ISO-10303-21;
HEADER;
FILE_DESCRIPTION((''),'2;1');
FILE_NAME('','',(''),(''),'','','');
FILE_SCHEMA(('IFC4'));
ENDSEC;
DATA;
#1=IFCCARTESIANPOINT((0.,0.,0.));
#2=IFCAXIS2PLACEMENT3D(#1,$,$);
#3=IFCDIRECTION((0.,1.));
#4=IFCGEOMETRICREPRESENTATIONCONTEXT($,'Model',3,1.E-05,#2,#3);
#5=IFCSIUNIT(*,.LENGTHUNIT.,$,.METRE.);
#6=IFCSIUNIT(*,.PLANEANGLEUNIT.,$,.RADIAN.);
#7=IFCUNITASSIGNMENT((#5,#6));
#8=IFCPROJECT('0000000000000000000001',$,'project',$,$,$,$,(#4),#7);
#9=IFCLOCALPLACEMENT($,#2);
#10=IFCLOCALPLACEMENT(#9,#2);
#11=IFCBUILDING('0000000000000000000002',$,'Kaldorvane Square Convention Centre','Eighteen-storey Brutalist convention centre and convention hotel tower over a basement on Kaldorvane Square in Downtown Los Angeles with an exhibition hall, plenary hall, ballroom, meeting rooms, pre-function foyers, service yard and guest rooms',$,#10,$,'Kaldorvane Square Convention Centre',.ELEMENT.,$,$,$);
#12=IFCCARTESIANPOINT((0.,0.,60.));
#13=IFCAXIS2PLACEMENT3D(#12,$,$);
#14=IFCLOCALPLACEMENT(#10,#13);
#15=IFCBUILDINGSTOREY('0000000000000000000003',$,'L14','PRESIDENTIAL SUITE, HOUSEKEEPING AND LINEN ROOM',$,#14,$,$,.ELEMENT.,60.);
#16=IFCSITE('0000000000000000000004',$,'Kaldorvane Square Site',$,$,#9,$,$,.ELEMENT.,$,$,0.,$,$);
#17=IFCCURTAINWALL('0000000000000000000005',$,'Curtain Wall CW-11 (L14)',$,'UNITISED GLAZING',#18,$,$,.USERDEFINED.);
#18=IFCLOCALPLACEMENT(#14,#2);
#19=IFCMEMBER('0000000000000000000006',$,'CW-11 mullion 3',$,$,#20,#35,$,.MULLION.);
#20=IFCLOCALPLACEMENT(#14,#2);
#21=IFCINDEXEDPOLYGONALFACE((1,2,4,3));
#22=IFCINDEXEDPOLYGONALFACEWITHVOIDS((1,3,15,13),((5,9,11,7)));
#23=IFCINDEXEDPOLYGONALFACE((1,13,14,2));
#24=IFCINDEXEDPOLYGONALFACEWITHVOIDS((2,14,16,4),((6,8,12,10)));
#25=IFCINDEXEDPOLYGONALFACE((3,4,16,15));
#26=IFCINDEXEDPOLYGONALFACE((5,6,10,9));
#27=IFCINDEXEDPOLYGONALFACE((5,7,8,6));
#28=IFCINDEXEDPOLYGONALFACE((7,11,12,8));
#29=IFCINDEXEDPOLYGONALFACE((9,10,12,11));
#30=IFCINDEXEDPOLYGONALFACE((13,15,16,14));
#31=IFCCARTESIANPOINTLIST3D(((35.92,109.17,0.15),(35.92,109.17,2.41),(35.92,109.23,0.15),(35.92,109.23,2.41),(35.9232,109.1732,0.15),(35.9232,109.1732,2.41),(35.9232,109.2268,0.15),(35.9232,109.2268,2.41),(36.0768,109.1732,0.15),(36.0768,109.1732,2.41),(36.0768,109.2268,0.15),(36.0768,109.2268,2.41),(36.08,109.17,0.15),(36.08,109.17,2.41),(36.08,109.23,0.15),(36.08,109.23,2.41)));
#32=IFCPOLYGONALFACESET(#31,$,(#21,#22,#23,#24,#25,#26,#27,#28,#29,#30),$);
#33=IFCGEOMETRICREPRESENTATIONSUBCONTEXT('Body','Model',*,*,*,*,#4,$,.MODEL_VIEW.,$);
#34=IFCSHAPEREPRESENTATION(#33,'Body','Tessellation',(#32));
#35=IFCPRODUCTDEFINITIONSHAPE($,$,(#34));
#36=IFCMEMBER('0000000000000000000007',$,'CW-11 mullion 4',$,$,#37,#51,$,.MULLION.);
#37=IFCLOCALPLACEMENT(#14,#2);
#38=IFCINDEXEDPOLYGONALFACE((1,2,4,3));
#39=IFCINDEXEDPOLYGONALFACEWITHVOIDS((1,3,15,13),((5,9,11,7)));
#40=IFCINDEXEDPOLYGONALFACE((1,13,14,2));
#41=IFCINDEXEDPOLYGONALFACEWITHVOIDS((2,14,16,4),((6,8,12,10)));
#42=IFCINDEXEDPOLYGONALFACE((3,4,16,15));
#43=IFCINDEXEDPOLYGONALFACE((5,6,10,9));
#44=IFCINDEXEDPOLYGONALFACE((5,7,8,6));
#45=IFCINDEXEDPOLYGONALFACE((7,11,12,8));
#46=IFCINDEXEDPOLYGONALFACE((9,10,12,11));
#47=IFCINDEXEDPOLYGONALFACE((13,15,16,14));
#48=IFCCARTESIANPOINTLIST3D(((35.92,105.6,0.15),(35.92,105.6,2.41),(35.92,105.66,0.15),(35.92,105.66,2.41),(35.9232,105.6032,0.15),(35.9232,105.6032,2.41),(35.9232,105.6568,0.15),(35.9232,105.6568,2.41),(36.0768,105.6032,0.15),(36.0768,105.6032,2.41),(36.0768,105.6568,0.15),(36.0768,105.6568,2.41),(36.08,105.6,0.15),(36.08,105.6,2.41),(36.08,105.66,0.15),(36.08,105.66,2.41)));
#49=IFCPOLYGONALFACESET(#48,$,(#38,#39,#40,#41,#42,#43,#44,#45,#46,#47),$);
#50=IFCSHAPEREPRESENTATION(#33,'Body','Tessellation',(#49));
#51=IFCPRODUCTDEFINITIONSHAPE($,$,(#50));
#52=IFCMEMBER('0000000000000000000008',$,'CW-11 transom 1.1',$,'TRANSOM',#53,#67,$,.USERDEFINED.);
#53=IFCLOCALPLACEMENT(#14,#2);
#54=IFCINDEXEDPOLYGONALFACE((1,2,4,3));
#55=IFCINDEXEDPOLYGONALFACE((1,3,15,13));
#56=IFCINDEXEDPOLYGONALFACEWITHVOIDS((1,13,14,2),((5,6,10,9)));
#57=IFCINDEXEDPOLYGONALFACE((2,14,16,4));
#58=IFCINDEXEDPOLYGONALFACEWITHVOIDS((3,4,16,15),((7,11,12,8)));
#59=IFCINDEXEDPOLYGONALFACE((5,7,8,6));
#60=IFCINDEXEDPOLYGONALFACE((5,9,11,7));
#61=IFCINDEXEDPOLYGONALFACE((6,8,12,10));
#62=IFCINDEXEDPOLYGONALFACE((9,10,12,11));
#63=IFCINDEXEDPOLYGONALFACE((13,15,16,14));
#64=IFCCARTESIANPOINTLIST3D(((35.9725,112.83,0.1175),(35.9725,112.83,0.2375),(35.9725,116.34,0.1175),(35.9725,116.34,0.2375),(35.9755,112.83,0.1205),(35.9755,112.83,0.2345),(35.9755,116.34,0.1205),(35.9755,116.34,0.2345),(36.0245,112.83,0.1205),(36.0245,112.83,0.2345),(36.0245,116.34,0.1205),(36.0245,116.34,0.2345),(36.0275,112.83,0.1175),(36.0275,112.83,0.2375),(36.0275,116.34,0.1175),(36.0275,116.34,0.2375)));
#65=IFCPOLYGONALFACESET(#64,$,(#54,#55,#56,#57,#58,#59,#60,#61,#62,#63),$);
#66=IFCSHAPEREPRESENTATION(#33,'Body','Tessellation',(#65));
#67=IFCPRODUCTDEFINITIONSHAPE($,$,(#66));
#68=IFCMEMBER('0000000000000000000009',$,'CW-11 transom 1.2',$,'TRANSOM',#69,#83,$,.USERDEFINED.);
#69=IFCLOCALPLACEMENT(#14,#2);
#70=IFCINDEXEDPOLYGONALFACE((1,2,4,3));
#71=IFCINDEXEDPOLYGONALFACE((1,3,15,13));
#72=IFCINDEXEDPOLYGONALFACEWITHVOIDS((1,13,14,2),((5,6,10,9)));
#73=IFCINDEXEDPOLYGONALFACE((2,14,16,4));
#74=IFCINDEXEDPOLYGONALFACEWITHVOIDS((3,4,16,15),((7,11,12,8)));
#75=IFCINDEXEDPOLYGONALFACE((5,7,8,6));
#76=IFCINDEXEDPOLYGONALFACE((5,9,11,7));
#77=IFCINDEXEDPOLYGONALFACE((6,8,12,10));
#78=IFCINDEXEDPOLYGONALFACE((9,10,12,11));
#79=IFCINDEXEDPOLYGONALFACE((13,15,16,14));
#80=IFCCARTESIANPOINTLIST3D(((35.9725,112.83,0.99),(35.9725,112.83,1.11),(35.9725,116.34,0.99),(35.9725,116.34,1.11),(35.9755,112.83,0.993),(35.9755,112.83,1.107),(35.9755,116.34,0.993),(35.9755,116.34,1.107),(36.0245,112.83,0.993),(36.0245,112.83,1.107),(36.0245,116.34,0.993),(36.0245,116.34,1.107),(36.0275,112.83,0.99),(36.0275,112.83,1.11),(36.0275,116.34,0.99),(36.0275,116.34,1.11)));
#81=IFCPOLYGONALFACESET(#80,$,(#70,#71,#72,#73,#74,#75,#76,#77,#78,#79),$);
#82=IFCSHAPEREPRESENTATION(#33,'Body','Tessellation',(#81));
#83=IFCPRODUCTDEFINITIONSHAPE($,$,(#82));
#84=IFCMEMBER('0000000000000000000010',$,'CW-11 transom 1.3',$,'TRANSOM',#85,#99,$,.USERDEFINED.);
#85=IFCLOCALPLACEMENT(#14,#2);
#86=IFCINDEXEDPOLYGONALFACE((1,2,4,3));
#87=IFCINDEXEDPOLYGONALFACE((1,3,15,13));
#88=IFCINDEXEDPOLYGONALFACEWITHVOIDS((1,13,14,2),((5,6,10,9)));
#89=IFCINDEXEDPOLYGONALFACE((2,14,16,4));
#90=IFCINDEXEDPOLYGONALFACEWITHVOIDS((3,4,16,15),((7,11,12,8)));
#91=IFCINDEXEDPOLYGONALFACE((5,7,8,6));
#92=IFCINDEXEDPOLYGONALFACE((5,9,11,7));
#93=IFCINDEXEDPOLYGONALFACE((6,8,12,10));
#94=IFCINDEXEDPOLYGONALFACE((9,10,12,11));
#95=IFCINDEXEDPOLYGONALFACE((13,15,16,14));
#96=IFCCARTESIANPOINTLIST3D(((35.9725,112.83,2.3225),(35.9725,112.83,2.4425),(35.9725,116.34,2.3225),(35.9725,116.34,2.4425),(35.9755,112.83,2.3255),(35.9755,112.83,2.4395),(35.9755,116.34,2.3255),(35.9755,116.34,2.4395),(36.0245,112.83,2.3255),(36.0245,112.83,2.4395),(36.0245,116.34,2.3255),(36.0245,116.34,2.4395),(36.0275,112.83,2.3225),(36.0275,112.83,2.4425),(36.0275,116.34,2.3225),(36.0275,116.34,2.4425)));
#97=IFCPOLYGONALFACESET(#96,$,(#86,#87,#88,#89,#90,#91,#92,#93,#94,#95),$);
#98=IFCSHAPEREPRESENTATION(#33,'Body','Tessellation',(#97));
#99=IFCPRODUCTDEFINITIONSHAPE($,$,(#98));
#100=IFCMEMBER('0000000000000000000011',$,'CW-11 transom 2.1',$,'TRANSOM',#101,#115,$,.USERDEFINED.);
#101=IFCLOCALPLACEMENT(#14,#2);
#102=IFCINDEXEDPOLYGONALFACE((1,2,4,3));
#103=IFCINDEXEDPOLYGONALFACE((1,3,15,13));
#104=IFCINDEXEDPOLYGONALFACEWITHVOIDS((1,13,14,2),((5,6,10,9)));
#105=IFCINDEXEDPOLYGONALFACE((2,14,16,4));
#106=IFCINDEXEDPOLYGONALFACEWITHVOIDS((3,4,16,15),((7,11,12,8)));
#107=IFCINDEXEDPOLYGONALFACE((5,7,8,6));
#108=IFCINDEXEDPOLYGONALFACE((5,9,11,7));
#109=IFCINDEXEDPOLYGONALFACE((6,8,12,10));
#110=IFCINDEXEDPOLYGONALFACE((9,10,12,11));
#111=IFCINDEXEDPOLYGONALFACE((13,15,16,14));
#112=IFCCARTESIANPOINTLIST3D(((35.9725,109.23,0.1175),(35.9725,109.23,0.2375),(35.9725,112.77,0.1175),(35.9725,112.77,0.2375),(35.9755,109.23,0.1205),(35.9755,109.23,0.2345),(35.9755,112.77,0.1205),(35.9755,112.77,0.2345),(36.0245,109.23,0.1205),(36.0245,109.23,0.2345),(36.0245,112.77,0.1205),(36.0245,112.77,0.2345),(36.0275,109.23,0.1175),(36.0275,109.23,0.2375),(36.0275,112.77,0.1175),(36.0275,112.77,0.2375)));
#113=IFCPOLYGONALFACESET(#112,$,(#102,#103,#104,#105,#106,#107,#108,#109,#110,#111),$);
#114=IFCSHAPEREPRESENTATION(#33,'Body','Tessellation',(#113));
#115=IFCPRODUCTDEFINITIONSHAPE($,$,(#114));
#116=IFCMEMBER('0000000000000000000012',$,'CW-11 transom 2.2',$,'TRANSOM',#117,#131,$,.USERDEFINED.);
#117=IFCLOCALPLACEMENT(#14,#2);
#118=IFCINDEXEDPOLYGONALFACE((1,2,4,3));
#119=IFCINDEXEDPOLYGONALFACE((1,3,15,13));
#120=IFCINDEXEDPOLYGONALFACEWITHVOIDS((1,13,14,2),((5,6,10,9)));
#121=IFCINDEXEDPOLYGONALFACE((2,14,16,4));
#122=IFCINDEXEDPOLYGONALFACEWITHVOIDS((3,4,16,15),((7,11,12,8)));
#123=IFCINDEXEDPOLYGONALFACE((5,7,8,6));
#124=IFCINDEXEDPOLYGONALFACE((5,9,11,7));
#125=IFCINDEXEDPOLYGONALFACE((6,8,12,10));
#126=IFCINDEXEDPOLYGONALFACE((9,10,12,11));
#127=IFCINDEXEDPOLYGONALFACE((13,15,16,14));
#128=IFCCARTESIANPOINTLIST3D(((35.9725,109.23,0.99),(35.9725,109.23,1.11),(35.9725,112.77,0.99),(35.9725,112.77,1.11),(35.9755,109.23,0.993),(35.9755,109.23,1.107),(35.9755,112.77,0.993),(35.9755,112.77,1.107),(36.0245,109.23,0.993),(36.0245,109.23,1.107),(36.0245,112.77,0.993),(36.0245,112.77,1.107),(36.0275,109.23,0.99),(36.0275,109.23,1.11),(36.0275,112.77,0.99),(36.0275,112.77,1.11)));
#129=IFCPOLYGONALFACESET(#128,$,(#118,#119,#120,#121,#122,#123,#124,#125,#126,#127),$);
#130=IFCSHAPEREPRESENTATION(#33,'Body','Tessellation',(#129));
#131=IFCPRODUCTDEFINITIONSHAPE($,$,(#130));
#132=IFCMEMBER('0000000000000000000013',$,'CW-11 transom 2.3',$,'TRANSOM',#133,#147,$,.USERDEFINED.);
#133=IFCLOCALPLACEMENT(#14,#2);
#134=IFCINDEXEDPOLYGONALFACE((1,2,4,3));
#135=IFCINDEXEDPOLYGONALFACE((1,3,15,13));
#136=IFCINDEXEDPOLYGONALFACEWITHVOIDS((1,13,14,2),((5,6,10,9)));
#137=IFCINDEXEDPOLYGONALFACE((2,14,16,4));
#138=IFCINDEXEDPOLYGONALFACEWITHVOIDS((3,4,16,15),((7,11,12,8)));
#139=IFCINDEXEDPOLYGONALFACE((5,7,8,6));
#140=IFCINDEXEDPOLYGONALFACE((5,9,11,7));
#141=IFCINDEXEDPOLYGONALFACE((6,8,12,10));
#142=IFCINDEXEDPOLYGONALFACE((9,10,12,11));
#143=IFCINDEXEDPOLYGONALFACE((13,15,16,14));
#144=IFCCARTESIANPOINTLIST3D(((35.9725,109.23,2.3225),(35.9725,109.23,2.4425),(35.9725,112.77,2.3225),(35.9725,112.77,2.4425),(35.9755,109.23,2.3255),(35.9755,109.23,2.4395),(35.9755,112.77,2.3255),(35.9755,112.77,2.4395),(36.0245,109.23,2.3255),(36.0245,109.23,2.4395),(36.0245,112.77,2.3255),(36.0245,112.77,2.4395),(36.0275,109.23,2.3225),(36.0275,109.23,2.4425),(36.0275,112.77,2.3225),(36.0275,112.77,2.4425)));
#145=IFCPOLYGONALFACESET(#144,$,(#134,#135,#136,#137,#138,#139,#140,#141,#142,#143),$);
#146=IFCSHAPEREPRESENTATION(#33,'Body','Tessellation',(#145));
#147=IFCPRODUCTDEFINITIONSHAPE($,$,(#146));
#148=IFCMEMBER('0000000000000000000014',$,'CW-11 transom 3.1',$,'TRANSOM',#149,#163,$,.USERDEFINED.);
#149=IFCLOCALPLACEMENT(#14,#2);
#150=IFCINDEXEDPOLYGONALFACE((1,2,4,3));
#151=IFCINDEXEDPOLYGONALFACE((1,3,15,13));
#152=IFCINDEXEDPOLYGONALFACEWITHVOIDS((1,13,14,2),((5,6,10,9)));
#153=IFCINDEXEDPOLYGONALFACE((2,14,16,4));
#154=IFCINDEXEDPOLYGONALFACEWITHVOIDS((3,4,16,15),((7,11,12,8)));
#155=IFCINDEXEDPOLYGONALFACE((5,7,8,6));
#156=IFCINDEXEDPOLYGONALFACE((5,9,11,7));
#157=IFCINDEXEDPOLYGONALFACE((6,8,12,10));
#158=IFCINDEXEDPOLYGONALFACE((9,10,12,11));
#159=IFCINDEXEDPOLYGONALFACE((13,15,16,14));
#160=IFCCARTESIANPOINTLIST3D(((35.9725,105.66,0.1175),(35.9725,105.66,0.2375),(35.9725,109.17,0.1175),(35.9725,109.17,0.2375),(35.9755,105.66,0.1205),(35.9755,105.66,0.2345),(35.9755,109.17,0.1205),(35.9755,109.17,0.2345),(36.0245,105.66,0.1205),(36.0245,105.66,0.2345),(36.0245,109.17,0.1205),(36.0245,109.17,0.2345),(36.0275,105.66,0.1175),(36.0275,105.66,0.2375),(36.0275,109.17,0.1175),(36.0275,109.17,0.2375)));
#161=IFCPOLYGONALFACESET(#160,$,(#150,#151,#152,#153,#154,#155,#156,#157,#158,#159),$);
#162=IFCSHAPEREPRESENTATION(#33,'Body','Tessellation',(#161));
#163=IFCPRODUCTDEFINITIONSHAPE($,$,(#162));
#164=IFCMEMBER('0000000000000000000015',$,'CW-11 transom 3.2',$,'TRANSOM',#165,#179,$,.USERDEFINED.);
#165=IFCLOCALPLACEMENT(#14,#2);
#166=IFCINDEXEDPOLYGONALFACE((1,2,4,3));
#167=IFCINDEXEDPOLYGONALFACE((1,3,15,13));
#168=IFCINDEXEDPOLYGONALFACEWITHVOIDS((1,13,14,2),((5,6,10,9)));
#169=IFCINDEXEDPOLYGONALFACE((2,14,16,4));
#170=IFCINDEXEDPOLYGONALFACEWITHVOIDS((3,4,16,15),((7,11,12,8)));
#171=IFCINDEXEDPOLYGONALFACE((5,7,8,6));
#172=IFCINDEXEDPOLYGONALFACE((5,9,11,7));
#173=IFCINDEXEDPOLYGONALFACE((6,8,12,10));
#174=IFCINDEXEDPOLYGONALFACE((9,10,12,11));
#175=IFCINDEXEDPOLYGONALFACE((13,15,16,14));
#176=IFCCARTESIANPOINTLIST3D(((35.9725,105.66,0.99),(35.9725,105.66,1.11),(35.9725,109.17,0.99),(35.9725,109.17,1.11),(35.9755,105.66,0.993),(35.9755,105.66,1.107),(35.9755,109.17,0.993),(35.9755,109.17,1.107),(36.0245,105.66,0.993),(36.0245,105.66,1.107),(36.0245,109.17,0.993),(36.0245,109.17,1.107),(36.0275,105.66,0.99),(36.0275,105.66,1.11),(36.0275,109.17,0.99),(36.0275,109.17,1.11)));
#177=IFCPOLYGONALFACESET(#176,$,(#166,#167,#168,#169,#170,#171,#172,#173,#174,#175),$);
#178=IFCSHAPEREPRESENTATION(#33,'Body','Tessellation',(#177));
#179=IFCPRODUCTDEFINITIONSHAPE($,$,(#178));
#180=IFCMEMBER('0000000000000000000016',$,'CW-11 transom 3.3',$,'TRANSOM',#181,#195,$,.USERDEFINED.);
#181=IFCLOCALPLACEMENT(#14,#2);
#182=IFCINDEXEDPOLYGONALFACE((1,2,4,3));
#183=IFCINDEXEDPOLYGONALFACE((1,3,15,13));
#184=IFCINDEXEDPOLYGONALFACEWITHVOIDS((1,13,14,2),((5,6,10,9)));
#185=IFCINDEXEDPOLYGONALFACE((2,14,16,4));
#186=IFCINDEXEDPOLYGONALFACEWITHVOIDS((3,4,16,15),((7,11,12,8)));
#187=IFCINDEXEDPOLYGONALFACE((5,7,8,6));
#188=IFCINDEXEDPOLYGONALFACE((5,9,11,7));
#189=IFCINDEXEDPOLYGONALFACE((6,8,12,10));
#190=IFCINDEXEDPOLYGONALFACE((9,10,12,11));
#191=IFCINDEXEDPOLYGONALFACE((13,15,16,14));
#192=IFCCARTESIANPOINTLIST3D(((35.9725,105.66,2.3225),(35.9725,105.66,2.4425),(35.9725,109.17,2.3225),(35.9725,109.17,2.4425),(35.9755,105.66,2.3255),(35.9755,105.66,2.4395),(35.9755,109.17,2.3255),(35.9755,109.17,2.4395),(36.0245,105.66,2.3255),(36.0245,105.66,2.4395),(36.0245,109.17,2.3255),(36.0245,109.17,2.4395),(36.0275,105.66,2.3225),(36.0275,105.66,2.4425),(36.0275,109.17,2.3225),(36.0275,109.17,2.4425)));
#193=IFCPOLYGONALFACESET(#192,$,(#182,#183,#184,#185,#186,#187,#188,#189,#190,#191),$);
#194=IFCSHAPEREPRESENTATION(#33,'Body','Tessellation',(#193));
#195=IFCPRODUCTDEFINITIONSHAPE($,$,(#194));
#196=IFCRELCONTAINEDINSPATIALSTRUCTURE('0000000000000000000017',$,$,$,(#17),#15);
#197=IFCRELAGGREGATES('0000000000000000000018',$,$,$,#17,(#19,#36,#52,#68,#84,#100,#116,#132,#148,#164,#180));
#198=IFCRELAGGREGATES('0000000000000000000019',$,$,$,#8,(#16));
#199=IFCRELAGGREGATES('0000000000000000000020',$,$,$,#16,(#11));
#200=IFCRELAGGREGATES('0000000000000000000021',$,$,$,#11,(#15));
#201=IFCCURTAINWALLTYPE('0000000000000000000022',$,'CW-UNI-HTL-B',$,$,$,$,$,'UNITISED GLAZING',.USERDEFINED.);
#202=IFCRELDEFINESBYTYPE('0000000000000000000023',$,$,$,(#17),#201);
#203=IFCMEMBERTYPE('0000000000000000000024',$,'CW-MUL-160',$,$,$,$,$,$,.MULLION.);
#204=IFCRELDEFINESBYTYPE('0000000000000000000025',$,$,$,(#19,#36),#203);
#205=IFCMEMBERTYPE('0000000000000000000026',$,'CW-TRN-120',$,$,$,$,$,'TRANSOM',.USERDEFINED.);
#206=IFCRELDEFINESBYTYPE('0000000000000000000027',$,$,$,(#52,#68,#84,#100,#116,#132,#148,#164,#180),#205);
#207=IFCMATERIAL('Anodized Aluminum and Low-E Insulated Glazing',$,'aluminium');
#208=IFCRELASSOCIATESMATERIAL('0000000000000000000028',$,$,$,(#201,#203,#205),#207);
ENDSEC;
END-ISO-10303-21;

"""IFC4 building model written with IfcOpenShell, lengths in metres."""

from ifc_helpers import new_model, si_unit, direction, frame, origin, origin_2d, place, context, subcontext, project, spatial, hollow_rectangle, extrude, material, material_profile, profile_set, type_object, element, aggregate, save


model = new_model("IFC4")

# Units and contexts
model_context = context("Model", 3, precision=1e-05, world=origin(), true_north=direction((0.0, 1.0)))
body_context = subcontext(model_context, "Body", "Model", "MODEL_VIEW")
ifc_project = project(units=[si_unit("LENGTHUNIT", "METRE"), si_unit("PLANEANGLEUNIT", "RADIAN")], contexts=[model_context])

# Site, building, storey
site_placement = place(None, origin())
site = spatial("IfcSite", under=ifc_project, at=site_placement, Name="Kaldorvane Square Site", CompositionType="ELEMENT", RefElevation=0.0)
building_placement = place(site_placement, origin())
building = spatial("IfcBuilding", under=site, at=building_placement, Name="Kaldorvane Square Convention Centre", Description="Eighteen-storey Brutalist convention centre and convention hotel tower over a basement on Kaldorvane Square in Downtown Los Angeles with an exhibition hall, plenary hall, ballroom, meeting rooms, pre-function foyers, service yard and guest rooms", LongName="Kaldorvane Square Convention Centre", CompositionType="ELEMENT")
storey_placement = place(building_placement, frame((0.0, 0.0, 60.0)))
storey = spatial("IfcBuildingStorey", under=building, at=storey_placement, Name="L14", Description="PRESIDENTIAL SUITE, HOUSEKEEPING AND LINEN ROOM", CompositionType="ELEMENT", Elevation=60.0)

# Curtain wall, members
ifc_material_1 = material(Name="Anodized Aluminum and Low-E Insulated Glazing", Category="aluminium")
curtain_wall_type = type_object("IfcCurtainWallType", Name="CW-UNI-HTL-B", ElementType="UNITISED GLAZING", PredefinedType="USERDEFINED", material=ifc_material_1)
curtain_wall_placement = place(storey_placement, origin())
curtain_wall = element("IfcCurtainWall", 1, at=curtain_wall_placement, inside=storey, type_object=curtain_wall_type, Name="Curtain Wall CW-11 (L14)", ObjectType="UNITISED GLAZING", PredefinedType="USERDEFINED")
ifc_material_profile_1 = material_profile(ifc_material_1, hollow_rectangle(XDim=0.06, YDim=0.16, WallThickness=0.0032, at=origin_2d()), Name="CWM-160X60")
ifc_profile_set_1 = profile_set([ifc_material_profile_1], Name="Anodized Aluminum and Low-E Insulated Glazing")
member_type_1 = type_object("IfcMemberType", Name="CW-MUL-160", PredefinedType="MULLION", material=ifc_profile_set_1)
member_1_placement = place(storey_placement, frame((36.0, 109.2, 0.15), z_axis=(0.0, 0.0, 1.0), x_axis=(0.0, -1.0, 0.0)))
member_1 = element("IfcMember", 2, at=member_1_placement, type_object=member_type_1, Name="CW-11 mullion 3", PredefinedType="MULLION", context=body_context, shape_type="SweptSolid", body=[
    extrude(hollow_rectangle(XDim=0.06, YDim=0.16, WallThickness=0.0032, at=origin_2d()), origin(), (0.0, 0.0, 1.0), 2.26),
])
member_2_placement = place(storey_placement, frame((36.0, 105.63, 0.15), z_axis=(0.0, 0.0, 1.0), x_axis=(0.0, -1.0, 0.0)))
member_2 = element("IfcMember", 3, at=member_2_placement, type_object=member_type_1, Name="CW-11 mullion 4", PredefinedType="MULLION", context=body_context, shape_type="SweptSolid", body=[
    extrude(hollow_rectangle(XDim=0.06, YDim=0.16, WallThickness=0.0032, at=origin_2d()), origin(), (0.0, 0.0, 1.0), 2.26),
])
ifc_material_profile_2 = material_profile(ifc_material_1, hollow_rectangle(XDim=0.055, YDim=0.12, WallThickness=0.003, at=origin_2d()), Name="CWT-120X55")
ifc_profile_set_2 = profile_set([ifc_material_profile_2], Name="Anodized Aluminum and Low-E Insulated Glazing")
member_type_2 = type_object("IfcMemberType", Name="CW-TRN-120", ElementType="TRANSOM", PredefinedType="USERDEFINED", material=ifc_profile_set_2)
member_3_placement = place(storey_placement, frame((36.0, 116.34, 0.1775), z_axis=(0.0, -1.0, 0.0), x_axis=(1.0, 0.0, 0.0)))
member_3 = element("IfcMember", 4, at=member_3_placement, type_object=member_type_2, Name="CW-11 transom 1.1", ObjectType="TRANSOM", PredefinedType="USERDEFINED", context=body_context, shape_type="SweptSolid", body=[
    extrude(hollow_rectangle(XDim=0.055, YDim=0.12, WallThickness=0.003, at=origin_2d()), origin(), (0.0, 0.0, 1.0), 3.51),
])
member_4_placement = place(storey_placement, frame((36.0, 116.34, 1.05), z_axis=(0.0, -1.0, 0.0), x_axis=(1.0, 0.0, 0.0)))
member_4 = element("IfcMember", 5, at=member_4_placement, type_object=member_type_2, Name="CW-11 transom 1.2", ObjectType="TRANSOM", PredefinedType="USERDEFINED", context=body_context, shape_type="SweptSolid", body=[
    extrude(hollow_rectangle(XDim=0.055, YDim=0.12, WallThickness=0.003, at=origin_2d()), origin(), (0.0, 0.0, 1.0), 3.51),
])
member_5_placement = place(storey_placement, frame((36.0, 116.34, 2.3825), z_axis=(0.0, -1.0, 0.0), x_axis=(1.0, 0.0, 0.0)))
member_5 = element("IfcMember", 6, at=member_5_placement, type_object=member_type_2, Name="CW-11 transom 1.3", ObjectType="TRANSOM", PredefinedType="USERDEFINED", context=body_context, shape_type="SweptSolid", body=[
    extrude(hollow_rectangle(XDim=0.055, YDim=0.12, WallThickness=0.003, at=origin_2d()), origin(), (0.0, 0.0, 1.0), 3.51),
])
member_6_placement = place(storey_placement, frame((36.0, 112.77, 0.1775), z_axis=(0.0, -1.0, 0.0), x_axis=(1.0, 0.0, 0.0)))
member_6 = element("IfcMember", 7, at=member_6_placement, type_object=member_type_2, Name="CW-11 transom 2.1", ObjectType="TRANSOM", PredefinedType="USERDEFINED", context=body_context, shape_type="SweptSolid", body=[
    extrude(hollow_rectangle(XDim=0.055, YDim=0.12, WallThickness=0.003, at=origin_2d()), origin(), (0.0, 0.0, 1.0), 3.54),
])
member_7_placement = place(storey_placement, frame((36.0, 112.77, 1.05), z_axis=(0.0, -1.0, 0.0), x_axis=(1.0, 0.0, 0.0)))
member_7 = element("IfcMember", 8, at=member_7_placement, type_object=member_type_2, Name="CW-11 transom 2.2", ObjectType="TRANSOM", PredefinedType="USERDEFINED", context=body_context, shape_type="SweptSolid", body=[
    extrude(hollow_rectangle(XDim=0.055, YDim=0.12, WallThickness=0.003, at=origin_2d()), origin(), (0.0, 0.0, 1.0), 3.54),
])
member_8_placement = place(storey_placement, frame((36.0, 112.77, 2.3825), z_axis=(0.0, -1.0, 0.0), x_axis=(1.0, 0.0, 0.0)))
member_8 = element("IfcMember", 9, at=member_8_placement, type_object=member_type_2, Name="CW-11 transom 2.3", ObjectType="TRANSOM", PredefinedType="USERDEFINED", context=body_context, shape_type="SweptSolid", body=[
    extrude(hollow_rectangle(XDim=0.055, YDim=0.12, WallThickness=0.003, at=origin_2d()), origin(), (0.0, 0.0, 1.0), 3.54),
])
member_9_placement = place(storey_placement, frame((36.0, 109.17, 0.1775), z_axis=(0.0, -1.0, 0.0), x_axis=(1.0, 0.0, 0.0)))
member_9 = element("IfcMember", 10, at=member_9_placement, type_object=member_type_2, Name="CW-11 transom 3.1", ObjectType="TRANSOM", PredefinedType="USERDEFINED", context=body_context, shape_type="SweptSolid", body=[
    extrude(hollow_rectangle(XDim=0.055, YDim=0.12, WallThickness=0.003, at=origin_2d()), origin(), (0.0, 0.0, 1.0), 3.51),
])
member_10_placement = place(storey_placement, frame((36.0, 109.17, 1.05), z_axis=(0.0, -1.0, 0.0), x_axis=(1.0, 0.0, 0.0)))
member_10 = element("IfcMember", 11, at=member_10_placement, type_object=member_type_2, Name="CW-11 transom 3.2", ObjectType="TRANSOM", PredefinedType="USERDEFINED", context=body_context, shape_type="SweptSolid", body=[
    extrude(hollow_rectangle(XDim=0.055, YDim=0.12, WallThickness=0.003, at=origin_2d()), origin(), (0.0, 0.0, 1.0), 3.51),
])
member_11_placement = place(storey_placement, frame((36.0, 109.17, 2.3825), z_axis=(0.0, -1.0, 0.0), x_axis=(1.0, 0.0, 0.0)))
member_11 = element("IfcMember", 12, at=member_11_placement, type_object=member_type_2, Name="CW-11 transom 3.3", ObjectType="TRANSOM", PredefinedType="USERDEFINED", context=body_context, shape_type="SweptSolid", body=[
    extrude(hollow_rectangle(XDim=0.055, YDim=0.12, WallThickness=0.003, at=origin_2d()), origin(), (0.0, 0.0, 1.0), 3.51),
])
aggregate(curtain_wall, [member_1, member_2, member_3, member_4, member_5, member_6, member_7, member_8, member_9, member_10, member_11])

save(model, "model.ifc")
